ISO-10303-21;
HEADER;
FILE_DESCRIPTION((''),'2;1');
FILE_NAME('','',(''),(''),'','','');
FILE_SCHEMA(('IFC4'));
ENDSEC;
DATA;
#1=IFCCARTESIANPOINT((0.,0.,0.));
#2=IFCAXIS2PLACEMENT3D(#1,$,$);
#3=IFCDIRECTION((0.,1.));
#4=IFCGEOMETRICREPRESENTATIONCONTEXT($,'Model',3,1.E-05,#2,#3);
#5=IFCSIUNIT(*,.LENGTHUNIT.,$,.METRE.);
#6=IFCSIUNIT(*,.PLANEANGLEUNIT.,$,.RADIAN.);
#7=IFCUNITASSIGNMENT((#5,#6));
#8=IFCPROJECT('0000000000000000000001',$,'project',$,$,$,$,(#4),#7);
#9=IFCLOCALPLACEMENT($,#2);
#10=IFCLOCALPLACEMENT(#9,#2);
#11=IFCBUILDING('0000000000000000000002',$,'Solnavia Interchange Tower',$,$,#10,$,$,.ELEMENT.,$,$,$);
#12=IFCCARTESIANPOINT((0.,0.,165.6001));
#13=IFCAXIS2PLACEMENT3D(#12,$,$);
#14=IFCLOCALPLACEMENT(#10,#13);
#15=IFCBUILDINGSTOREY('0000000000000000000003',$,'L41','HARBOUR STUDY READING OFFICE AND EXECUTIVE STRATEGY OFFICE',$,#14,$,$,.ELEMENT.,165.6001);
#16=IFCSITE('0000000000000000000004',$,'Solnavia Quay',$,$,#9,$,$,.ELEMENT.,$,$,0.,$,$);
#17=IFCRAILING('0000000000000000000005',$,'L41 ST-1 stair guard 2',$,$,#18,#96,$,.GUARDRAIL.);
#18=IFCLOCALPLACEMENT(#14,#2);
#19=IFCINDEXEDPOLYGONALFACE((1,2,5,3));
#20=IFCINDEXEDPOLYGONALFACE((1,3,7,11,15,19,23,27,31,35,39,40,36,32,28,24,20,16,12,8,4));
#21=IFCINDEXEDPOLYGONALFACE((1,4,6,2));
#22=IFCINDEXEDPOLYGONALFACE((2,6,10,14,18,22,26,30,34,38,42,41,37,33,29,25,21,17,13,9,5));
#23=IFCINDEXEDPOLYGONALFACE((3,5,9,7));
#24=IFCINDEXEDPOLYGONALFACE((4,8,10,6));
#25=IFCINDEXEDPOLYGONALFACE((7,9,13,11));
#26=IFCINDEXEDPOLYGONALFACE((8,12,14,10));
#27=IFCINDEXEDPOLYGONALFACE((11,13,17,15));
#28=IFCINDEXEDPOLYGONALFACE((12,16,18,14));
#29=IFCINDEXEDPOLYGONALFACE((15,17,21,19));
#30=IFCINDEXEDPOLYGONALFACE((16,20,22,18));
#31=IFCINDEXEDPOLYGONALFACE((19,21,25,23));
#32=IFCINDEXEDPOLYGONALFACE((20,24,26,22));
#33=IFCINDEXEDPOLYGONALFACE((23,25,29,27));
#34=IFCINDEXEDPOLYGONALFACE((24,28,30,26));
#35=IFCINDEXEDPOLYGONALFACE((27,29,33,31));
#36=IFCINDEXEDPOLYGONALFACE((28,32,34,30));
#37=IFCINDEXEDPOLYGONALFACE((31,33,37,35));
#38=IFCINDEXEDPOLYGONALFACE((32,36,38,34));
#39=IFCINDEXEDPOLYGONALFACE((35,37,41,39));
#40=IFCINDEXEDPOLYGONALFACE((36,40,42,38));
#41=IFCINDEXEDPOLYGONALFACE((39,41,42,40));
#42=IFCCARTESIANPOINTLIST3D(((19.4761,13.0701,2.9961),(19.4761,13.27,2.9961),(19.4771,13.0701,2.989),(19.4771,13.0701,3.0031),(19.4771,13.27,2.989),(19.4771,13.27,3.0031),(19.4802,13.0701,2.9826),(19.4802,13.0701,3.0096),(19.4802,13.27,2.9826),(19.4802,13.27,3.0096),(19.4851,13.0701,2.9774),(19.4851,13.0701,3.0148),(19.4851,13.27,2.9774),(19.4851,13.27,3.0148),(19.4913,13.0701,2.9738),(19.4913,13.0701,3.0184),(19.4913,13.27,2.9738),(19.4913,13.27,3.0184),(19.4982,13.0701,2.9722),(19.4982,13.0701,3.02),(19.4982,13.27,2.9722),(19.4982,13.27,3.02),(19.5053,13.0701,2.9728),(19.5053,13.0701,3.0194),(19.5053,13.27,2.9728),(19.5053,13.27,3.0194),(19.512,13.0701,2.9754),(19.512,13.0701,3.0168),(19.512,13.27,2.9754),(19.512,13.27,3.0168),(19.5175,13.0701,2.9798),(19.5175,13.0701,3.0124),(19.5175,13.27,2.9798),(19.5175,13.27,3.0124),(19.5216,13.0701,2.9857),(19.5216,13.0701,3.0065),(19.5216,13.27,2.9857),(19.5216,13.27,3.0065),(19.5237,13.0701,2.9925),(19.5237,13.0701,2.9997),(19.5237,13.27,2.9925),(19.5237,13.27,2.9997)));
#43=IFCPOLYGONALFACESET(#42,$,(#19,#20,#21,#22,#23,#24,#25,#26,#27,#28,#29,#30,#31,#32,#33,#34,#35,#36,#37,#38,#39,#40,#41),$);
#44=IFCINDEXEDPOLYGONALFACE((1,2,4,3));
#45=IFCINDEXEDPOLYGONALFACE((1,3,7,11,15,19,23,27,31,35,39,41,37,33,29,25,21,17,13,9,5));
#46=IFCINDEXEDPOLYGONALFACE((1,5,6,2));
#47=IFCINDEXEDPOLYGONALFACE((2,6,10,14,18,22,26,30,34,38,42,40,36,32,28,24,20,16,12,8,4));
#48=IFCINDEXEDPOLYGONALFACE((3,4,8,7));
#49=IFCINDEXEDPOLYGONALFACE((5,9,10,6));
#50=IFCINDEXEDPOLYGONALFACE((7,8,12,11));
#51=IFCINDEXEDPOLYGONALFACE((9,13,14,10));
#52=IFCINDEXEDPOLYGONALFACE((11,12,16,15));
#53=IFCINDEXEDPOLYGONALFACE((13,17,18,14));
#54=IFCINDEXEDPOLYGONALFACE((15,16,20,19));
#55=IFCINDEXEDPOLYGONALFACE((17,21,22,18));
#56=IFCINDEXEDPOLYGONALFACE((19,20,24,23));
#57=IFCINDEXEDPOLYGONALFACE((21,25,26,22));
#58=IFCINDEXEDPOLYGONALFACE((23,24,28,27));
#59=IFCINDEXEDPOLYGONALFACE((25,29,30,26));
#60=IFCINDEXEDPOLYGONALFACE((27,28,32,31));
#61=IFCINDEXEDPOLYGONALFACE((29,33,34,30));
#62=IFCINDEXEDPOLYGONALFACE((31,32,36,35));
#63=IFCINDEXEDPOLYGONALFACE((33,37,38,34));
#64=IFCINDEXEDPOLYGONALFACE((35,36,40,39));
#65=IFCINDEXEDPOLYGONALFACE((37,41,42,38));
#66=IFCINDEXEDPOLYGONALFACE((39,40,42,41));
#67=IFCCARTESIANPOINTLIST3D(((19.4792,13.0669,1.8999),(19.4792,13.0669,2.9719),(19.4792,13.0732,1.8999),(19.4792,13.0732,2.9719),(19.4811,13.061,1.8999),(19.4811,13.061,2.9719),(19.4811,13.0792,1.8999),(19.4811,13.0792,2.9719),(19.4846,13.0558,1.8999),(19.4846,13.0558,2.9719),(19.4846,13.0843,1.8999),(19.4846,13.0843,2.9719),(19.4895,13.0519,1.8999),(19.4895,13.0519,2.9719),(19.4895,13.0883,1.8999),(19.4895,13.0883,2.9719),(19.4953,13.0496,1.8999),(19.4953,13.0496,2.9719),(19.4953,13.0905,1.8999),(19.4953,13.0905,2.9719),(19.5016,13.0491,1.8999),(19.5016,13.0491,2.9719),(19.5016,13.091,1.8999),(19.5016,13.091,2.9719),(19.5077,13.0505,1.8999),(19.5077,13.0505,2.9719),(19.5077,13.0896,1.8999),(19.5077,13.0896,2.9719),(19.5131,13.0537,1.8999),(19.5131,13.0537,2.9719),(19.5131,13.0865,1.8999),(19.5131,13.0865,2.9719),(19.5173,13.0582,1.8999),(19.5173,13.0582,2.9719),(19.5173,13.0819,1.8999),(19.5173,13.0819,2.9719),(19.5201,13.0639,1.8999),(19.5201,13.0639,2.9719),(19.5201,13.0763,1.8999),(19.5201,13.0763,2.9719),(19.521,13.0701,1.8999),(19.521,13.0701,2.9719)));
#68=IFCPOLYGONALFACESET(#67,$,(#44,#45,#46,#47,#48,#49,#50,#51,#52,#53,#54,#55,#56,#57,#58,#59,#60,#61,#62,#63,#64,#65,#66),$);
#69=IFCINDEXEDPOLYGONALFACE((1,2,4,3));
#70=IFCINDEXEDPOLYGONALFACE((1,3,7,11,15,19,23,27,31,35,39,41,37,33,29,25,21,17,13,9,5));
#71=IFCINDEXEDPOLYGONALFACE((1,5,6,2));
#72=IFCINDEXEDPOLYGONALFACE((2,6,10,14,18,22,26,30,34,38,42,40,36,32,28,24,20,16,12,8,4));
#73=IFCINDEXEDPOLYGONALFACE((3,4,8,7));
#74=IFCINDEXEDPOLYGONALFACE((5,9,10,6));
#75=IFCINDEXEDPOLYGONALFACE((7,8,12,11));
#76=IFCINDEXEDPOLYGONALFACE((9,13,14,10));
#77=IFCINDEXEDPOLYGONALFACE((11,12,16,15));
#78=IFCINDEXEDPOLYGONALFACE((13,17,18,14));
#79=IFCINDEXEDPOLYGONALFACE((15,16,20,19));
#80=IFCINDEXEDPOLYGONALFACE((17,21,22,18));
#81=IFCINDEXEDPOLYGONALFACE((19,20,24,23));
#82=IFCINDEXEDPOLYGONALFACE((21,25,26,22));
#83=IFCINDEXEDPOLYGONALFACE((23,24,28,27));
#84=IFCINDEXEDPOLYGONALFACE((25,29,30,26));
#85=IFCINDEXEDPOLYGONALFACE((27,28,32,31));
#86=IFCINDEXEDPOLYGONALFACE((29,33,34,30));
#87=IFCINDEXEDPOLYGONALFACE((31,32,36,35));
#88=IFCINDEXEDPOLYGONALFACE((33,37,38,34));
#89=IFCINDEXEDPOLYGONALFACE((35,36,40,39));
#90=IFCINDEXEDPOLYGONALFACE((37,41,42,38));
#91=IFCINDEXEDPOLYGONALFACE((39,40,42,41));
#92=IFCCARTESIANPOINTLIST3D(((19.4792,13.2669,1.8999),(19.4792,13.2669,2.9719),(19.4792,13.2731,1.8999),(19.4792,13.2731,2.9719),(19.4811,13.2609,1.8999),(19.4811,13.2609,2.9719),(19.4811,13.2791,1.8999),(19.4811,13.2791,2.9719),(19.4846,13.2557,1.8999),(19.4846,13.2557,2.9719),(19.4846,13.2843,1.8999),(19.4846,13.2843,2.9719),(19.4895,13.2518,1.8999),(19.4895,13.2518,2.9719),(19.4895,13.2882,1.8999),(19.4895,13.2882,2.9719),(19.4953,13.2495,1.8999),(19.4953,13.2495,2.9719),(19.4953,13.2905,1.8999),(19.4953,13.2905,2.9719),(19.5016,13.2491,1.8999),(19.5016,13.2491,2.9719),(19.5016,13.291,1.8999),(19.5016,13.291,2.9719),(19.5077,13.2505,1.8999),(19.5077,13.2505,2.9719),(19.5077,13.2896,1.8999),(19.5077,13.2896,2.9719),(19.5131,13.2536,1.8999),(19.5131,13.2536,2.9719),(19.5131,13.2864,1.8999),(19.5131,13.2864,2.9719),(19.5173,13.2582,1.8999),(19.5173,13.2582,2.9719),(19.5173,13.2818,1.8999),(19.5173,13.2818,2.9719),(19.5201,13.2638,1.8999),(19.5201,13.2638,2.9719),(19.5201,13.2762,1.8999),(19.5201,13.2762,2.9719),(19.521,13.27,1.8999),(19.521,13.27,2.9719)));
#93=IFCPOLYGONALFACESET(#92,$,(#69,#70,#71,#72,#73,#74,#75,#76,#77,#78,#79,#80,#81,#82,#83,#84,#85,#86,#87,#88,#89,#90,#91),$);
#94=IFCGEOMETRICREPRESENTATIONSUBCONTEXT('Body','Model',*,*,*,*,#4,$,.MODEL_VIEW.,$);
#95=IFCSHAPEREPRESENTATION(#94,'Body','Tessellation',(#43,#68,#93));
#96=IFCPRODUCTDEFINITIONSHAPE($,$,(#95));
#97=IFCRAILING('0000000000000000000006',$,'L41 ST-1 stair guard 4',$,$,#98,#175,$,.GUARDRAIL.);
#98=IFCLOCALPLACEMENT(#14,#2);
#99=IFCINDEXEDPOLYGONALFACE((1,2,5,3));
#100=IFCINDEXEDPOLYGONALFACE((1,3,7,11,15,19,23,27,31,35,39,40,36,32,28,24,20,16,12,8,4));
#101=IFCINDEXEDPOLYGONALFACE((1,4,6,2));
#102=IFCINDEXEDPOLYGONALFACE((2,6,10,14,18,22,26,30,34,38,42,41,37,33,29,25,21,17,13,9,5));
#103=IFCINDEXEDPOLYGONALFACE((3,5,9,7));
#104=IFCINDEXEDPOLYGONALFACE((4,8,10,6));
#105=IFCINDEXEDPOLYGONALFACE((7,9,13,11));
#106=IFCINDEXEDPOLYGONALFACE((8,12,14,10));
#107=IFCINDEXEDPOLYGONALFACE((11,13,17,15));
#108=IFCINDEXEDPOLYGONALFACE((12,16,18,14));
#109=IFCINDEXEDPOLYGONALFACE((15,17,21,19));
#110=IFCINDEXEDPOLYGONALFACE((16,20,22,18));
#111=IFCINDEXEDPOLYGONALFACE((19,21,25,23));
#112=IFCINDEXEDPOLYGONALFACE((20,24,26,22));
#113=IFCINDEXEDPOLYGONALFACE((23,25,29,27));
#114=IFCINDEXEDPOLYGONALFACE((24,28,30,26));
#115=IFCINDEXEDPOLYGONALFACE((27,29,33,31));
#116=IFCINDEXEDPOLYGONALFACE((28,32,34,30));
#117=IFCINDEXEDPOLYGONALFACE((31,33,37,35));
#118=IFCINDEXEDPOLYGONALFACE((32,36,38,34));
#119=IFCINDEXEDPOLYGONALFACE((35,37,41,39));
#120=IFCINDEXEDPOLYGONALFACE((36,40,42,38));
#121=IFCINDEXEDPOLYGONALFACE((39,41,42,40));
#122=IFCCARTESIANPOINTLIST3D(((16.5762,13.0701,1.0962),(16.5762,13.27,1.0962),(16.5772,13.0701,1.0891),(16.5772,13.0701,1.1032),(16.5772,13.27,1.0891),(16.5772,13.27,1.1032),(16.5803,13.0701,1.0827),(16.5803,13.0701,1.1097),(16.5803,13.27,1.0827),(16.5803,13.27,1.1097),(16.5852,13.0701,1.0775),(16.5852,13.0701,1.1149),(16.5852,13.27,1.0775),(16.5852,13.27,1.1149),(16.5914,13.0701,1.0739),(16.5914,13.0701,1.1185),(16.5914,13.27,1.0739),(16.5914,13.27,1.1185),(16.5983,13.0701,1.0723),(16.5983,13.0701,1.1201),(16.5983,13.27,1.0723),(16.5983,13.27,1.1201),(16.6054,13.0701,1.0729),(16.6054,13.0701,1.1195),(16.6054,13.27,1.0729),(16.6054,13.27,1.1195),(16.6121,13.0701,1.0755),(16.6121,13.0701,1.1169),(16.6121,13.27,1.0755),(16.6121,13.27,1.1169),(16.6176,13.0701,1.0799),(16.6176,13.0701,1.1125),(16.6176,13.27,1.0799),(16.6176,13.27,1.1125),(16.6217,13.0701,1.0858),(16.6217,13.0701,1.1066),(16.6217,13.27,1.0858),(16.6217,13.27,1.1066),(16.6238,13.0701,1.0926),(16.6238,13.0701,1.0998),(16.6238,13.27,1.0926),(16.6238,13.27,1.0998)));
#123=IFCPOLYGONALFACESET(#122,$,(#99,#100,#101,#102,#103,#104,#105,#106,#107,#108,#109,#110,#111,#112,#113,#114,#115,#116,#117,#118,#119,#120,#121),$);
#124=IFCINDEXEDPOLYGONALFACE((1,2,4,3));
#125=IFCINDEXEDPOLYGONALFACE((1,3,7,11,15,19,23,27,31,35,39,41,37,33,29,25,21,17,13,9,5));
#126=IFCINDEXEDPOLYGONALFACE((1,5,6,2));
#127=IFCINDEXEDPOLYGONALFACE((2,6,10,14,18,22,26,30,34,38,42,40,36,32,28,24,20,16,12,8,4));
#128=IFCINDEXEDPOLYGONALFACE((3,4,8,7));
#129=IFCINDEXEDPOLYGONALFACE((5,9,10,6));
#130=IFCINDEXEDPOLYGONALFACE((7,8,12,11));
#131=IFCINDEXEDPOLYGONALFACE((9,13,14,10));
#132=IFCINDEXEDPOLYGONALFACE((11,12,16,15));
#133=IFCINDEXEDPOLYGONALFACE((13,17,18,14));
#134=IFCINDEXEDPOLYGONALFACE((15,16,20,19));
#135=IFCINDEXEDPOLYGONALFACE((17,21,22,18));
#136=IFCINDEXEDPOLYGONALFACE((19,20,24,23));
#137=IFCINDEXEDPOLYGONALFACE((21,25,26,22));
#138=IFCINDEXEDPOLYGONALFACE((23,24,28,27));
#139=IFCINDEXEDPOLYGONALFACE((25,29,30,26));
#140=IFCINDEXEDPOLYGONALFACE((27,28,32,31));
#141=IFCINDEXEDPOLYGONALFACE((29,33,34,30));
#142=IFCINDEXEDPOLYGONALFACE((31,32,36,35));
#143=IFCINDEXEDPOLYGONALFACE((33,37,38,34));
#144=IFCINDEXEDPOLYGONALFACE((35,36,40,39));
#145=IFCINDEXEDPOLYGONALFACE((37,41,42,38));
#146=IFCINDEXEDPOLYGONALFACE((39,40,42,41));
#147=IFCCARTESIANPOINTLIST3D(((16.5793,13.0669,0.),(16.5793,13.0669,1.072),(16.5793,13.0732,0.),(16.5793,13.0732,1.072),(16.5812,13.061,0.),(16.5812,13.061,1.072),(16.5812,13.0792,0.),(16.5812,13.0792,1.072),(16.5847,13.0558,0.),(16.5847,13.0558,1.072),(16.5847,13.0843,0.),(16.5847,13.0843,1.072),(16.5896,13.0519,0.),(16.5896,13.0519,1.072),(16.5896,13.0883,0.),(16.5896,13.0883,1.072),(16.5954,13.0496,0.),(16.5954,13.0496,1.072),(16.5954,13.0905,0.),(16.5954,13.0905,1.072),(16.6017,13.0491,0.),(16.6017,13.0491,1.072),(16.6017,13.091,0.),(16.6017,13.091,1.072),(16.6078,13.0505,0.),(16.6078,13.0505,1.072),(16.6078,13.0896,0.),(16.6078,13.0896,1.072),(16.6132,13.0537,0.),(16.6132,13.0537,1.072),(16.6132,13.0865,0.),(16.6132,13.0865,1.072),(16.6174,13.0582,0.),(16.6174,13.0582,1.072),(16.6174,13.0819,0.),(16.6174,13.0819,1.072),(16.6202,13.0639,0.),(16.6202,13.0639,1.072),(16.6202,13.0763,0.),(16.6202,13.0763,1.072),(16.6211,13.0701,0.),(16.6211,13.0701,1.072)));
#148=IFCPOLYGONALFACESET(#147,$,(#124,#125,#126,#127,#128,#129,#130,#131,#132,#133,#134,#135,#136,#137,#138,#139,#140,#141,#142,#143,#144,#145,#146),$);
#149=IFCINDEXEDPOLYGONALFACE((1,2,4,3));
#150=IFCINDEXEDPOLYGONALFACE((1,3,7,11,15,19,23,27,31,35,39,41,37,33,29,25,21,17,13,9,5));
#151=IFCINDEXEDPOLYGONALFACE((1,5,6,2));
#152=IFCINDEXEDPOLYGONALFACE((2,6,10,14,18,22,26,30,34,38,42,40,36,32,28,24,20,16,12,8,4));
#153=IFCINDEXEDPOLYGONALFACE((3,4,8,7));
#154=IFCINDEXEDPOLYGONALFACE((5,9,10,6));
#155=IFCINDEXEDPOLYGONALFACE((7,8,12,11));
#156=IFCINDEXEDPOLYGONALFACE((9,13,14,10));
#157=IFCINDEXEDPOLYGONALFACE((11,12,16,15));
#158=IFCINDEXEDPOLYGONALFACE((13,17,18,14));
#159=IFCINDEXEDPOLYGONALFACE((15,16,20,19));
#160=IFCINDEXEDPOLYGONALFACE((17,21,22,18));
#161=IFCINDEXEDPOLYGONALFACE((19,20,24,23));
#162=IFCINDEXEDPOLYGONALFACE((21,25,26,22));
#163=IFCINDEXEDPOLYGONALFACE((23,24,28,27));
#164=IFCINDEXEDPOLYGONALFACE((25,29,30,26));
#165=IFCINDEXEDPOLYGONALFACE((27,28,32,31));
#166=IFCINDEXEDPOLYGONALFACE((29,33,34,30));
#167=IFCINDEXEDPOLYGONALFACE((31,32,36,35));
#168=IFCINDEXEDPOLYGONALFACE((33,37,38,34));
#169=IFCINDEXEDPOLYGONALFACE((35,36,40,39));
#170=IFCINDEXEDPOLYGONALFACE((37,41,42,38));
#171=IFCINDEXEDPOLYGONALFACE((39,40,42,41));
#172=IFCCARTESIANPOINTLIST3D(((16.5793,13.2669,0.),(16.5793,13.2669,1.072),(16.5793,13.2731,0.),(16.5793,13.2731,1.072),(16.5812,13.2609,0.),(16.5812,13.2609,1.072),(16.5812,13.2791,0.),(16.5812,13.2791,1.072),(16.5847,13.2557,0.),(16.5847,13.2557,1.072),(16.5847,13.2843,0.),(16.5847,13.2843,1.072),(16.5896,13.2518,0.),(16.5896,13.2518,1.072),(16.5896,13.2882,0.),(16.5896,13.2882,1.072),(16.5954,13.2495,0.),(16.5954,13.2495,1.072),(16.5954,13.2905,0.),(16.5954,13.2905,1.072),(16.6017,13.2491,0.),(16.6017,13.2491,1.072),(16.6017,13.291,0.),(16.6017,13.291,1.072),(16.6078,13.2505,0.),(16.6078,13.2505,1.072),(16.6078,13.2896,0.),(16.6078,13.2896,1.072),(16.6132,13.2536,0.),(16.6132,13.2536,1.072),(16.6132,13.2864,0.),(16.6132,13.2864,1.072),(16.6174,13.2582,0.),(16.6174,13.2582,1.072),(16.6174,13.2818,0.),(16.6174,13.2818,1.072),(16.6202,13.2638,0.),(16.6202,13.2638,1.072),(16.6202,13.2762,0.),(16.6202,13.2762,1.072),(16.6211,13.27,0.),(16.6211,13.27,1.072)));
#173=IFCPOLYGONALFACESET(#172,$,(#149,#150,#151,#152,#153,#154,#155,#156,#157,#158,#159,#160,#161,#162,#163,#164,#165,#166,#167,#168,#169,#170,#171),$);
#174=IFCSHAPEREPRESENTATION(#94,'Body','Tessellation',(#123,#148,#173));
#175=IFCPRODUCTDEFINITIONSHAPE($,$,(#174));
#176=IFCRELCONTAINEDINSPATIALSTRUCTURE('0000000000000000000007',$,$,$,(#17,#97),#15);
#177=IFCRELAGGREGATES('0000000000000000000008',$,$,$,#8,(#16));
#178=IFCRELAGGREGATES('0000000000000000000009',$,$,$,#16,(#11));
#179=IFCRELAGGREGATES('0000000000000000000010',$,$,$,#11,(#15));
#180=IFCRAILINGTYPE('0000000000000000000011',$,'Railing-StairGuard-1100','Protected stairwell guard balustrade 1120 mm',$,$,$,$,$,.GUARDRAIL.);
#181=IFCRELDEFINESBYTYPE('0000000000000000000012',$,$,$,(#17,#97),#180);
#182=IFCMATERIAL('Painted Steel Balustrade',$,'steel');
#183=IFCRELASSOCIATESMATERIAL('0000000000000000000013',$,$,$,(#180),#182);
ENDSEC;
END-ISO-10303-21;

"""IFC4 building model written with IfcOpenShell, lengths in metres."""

from ifc_helpers import new_model, si_unit, direction, frame, origin, origin_2d, place, context, subcontext, project, spatial, circle, extrude, material, type_object, element, save


model = new_model("IFC4")

# Units and contexts
model_context = context("Model", 3, precision=1e-05, world=origin(), true_north=direction((0.0, 1.0)))
body_context = subcontext(model_context, "Body", "Model", "MODEL_VIEW")
ifc_project = project(units=[si_unit("LENGTHUNIT", "METRE"), si_unit("PLANEANGLEUNIT", "RADIAN")], contexts=[model_context])

# Site, building, storey
site_placement = place(None, origin())
site = spatial("IfcSite", under=ifc_project, at=site_placement, Name="Solnavia Quay", CompositionType="ELEMENT", RefElevation=0.0)
building_placement = place(site_placement, origin())
building = spatial("IfcBuilding", under=site, at=building_placement, Name="Solnavia Interchange Tower", CompositionType="ELEMENT")
storey_placement = place(building_placement, frame((0.0, 0.0, 165.6001)))
storey = spatial("IfcBuildingStorey", under=building, at=storey_placement, Name="L41", Description="HARBOUR STUDY READING OFFICE AND EXECUTIVE STRATEGY OFFICE", CompositionType="ELEMENT", Elevation=165.6001)

# Railings
ifc_material_1 = material(Name="Painted Steel Balustrade", Category="steel")
railing_type_1 = type_object("IfcRailingType", Name="Railing-StairGuard-1100", Description="Protected stairwell guard balustrade 1120 mm", PredefinedType="GUARDRAIL", material=ifc_material_1)
for number, where, name in (
    (1, (19.5, 13.0701, 1.8999), "L41 ST-1 stair guard 2"),
    (2, (16.6001, 13.0701, 0.0), "L41 ST-1 stair guard 4"),
):
    element("IfcRailing", number, at=place(storey_placement, frame(where)), inside=storey, type_object=railing_type_1, Name=name, PredefinedType="GUARDRAIL", context=body_context, shape_type="SweptSolid", body=[
        extrude(circle(Radius=0.0239, at=origin_2d()), frame((0.0, 0.0, 1.0962), z_axis=(0.0, 1.0, 0.0), x_axis=(-1.0, 0.0, 0.0)), (0.0, 0.0, 1.0), 0.2),
        extrude(circle(Radius=0.021, at=origin_2d()), origin(), (0.0, 0.0, 1.0), 1.072),
        extrude(circle(Radius=0.021, at=origin_2d()), frame((0.0, 0.2, 0.0)), (0.0, 0.0, 1.0), 1.072),
    ])

save(model, "model.ifc")
